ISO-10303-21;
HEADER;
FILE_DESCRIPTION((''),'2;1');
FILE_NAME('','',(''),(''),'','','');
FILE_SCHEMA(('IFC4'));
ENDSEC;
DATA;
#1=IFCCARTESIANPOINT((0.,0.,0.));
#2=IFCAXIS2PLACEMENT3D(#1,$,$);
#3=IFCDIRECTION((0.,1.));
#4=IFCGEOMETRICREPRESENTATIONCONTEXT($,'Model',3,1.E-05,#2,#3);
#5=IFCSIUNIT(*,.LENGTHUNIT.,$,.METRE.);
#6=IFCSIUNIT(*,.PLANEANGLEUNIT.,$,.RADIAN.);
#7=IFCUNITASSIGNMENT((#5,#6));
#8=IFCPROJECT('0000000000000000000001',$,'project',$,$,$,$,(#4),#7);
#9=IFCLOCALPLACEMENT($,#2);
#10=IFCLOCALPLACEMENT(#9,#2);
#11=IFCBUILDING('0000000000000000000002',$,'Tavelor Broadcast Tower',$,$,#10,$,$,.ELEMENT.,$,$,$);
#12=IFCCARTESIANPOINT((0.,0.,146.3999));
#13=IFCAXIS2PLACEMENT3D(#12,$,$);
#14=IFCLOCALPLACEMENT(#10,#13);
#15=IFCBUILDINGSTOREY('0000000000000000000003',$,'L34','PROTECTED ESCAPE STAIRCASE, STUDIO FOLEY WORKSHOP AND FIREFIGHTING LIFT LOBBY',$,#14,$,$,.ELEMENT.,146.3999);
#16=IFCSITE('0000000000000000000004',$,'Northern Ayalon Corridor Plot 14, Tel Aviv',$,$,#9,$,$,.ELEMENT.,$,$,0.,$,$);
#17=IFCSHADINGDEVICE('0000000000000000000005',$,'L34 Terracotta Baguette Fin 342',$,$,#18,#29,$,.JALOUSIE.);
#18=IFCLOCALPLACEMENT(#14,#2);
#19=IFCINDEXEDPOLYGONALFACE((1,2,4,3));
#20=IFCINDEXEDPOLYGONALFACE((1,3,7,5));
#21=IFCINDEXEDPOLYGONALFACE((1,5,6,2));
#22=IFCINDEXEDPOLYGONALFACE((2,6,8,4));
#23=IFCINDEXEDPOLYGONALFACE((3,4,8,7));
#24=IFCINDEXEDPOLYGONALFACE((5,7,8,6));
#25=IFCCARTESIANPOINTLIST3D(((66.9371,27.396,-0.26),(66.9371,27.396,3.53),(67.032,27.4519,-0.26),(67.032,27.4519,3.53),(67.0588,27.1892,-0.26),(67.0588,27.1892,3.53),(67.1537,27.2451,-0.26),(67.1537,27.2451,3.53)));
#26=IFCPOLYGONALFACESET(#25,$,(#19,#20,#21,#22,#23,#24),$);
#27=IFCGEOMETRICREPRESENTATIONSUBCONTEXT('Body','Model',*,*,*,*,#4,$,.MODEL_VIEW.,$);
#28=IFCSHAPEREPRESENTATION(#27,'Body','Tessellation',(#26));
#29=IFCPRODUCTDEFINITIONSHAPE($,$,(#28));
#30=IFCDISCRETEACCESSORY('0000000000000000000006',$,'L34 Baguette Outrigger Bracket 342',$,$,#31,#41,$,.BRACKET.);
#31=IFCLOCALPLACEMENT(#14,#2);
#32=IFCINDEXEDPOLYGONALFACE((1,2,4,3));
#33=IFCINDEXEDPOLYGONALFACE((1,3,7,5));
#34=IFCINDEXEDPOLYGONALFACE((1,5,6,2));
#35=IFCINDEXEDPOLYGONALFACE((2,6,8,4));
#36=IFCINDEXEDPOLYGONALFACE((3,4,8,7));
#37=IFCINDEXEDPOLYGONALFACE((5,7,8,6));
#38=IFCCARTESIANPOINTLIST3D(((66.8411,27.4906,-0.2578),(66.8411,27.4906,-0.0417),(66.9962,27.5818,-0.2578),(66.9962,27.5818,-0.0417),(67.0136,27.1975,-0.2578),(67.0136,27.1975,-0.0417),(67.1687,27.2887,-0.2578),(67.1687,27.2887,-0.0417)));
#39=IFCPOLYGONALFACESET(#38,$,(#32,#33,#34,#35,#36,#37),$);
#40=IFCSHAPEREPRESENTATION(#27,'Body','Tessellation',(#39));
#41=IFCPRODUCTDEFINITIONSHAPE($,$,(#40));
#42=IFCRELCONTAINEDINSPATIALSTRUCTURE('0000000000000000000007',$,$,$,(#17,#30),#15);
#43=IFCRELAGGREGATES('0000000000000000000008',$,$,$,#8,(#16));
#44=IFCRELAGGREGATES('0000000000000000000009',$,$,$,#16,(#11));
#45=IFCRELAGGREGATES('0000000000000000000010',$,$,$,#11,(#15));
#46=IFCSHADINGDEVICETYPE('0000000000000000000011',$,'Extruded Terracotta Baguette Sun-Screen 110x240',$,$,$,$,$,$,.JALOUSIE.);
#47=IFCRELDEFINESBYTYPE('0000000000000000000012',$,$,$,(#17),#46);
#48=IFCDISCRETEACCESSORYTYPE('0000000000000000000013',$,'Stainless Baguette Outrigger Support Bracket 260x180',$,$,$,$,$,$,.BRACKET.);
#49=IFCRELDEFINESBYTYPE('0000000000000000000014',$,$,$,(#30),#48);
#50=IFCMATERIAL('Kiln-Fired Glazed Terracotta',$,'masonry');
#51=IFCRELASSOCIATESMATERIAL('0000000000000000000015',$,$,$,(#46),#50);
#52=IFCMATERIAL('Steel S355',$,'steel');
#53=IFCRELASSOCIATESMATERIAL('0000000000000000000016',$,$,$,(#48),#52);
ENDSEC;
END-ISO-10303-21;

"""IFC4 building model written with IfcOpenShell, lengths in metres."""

from ifc_helpers import new_model, si_unit, direction, frame, origin, origin_2d, place, context, subcontext, project, spatial, rectangle, extrude, source, transform, mapped, material, type_object, type_shapes, element, save


model = new_model("IFC4")

# Units and contexts
model_context = context("Model", 3, precision=1e-05, world=origin(), true_north=direction((0.0, 1.0)))
body_context = subcontext(model_context, "Body", "Model", "MODEL_VIEW")
ifc_project = project(units=[si_unit("LENGTHUNIT", "METRE"), si_unit("PLANEANGLEUNIT", "RADIAN")], contexts=[model_context])

# Site, building, storey
site_placement = place(None, origin())
site = spatial("IfcSite", under=ifc_project, at=site_placement, Name="Northern Ayalon Corridor Plot 14, Tel Aviv", CompositionType="ELEMENT", RefElevation=0.0)
building_placement = place(site_placement, origin())
building = spatial("IfcBuilding", under=site, at=building_placement, Name="Tavelor Broadcast Tower", CompositionType="ELEMENT")
storey_placement = place(building_placement, frame((0.0, 0.0, 146.3999)))
storey = spatial("IfcBuildingStorey", under=building, at=storey_placement, Name="L34", Description="PROTECTED ESCAPE STAIRCASE, STUDIO FOLEY WORKSHOP AND FIREFIGHTING LIFT LOBBY", CompositionType="ELEMENT", Elevation=146.3999)

# Shared definitions
ifc_material_1 = material(Name="Steel S355", Category="steel")

# Shading device
ifc_material_2 = material(Name="Kiln-Fired Glazed Terracotta", Category="masonry")
shading_device_type = type_object("IfcShadingDeviceType", Name="Extruded Terracotta Baguette Sun-Screen 110x240", PredefinedType="JALOUSIE", material=ifc_material_2)
shared_shape_1 = source(origin(), body_context, "Body", "SweptSolid", [
    extrude(rectangle(XDim=0.1101, YDim=0.24, at=origin_2d()), origin(), (0.0, 0.0, 1.0), 3.79),
])
type_shapes(shading_device_type, [shared_shape_1])
shading_device_placement = place(storey_placement, frame((67.0454, 27.3206, -0.26), z_axis=(0.0, 0.0, 1.0), x_axis=(0.861806, 0.507238, 0.0)))
element("IfcShadingDevice", 1, at=shading_device_placement, inside=storey, type_object=shading_device_type, Name="L34 Terracotta Baguette Fin 342", PredefinedType="JALOUSIE", context=body_context, shape_type="MappedRepresentation", body=[
    mapped(shared_shape_1, transform((0.0, 0.0, 0.0), scale=1.0)),
])

# Discrete accessory
discrete_accessory_type = type_object("IfcDiscreteAccessoryType", Name="Stainless Baguette Outrigger Support Bracket 260x180", PredefinedType="BRACKET", material=ifc_material_1)
shared_shape_2 = source(origin(), body_context, "Body", "SweptSolid", [
    extrude(rectangle(XDim=0.1799, YDim=0.3401, at=origin_2d()), origin(), (0.0, 0.0, 1.0), 0.2161),
])
type_shapes(discrete_accessory_type, [shared_shape_2])
discrete_accessory_placement = place(storey_placement, frame((67.0049, 27.3896, -0.2578), z_axis=(0.0, 0.0, 1.0), x_axis=(0.861806, 0.507238, 0.0)))
element("IfcDiscreteAccessory", 2, at=discrete_accessory_placement, inside=storey, type_object=discrete_accessory_type, Name="L34 Baguette Outrigger Bracket 342", PredefinedType="BRACKET", context=body_context, shape_type="MappedRepresentation", body=[
    mapped(shared_shape_2, transform((0.0, 0.0, 0.0), scale=1.0)),
])

save(model, "model.ifc")
